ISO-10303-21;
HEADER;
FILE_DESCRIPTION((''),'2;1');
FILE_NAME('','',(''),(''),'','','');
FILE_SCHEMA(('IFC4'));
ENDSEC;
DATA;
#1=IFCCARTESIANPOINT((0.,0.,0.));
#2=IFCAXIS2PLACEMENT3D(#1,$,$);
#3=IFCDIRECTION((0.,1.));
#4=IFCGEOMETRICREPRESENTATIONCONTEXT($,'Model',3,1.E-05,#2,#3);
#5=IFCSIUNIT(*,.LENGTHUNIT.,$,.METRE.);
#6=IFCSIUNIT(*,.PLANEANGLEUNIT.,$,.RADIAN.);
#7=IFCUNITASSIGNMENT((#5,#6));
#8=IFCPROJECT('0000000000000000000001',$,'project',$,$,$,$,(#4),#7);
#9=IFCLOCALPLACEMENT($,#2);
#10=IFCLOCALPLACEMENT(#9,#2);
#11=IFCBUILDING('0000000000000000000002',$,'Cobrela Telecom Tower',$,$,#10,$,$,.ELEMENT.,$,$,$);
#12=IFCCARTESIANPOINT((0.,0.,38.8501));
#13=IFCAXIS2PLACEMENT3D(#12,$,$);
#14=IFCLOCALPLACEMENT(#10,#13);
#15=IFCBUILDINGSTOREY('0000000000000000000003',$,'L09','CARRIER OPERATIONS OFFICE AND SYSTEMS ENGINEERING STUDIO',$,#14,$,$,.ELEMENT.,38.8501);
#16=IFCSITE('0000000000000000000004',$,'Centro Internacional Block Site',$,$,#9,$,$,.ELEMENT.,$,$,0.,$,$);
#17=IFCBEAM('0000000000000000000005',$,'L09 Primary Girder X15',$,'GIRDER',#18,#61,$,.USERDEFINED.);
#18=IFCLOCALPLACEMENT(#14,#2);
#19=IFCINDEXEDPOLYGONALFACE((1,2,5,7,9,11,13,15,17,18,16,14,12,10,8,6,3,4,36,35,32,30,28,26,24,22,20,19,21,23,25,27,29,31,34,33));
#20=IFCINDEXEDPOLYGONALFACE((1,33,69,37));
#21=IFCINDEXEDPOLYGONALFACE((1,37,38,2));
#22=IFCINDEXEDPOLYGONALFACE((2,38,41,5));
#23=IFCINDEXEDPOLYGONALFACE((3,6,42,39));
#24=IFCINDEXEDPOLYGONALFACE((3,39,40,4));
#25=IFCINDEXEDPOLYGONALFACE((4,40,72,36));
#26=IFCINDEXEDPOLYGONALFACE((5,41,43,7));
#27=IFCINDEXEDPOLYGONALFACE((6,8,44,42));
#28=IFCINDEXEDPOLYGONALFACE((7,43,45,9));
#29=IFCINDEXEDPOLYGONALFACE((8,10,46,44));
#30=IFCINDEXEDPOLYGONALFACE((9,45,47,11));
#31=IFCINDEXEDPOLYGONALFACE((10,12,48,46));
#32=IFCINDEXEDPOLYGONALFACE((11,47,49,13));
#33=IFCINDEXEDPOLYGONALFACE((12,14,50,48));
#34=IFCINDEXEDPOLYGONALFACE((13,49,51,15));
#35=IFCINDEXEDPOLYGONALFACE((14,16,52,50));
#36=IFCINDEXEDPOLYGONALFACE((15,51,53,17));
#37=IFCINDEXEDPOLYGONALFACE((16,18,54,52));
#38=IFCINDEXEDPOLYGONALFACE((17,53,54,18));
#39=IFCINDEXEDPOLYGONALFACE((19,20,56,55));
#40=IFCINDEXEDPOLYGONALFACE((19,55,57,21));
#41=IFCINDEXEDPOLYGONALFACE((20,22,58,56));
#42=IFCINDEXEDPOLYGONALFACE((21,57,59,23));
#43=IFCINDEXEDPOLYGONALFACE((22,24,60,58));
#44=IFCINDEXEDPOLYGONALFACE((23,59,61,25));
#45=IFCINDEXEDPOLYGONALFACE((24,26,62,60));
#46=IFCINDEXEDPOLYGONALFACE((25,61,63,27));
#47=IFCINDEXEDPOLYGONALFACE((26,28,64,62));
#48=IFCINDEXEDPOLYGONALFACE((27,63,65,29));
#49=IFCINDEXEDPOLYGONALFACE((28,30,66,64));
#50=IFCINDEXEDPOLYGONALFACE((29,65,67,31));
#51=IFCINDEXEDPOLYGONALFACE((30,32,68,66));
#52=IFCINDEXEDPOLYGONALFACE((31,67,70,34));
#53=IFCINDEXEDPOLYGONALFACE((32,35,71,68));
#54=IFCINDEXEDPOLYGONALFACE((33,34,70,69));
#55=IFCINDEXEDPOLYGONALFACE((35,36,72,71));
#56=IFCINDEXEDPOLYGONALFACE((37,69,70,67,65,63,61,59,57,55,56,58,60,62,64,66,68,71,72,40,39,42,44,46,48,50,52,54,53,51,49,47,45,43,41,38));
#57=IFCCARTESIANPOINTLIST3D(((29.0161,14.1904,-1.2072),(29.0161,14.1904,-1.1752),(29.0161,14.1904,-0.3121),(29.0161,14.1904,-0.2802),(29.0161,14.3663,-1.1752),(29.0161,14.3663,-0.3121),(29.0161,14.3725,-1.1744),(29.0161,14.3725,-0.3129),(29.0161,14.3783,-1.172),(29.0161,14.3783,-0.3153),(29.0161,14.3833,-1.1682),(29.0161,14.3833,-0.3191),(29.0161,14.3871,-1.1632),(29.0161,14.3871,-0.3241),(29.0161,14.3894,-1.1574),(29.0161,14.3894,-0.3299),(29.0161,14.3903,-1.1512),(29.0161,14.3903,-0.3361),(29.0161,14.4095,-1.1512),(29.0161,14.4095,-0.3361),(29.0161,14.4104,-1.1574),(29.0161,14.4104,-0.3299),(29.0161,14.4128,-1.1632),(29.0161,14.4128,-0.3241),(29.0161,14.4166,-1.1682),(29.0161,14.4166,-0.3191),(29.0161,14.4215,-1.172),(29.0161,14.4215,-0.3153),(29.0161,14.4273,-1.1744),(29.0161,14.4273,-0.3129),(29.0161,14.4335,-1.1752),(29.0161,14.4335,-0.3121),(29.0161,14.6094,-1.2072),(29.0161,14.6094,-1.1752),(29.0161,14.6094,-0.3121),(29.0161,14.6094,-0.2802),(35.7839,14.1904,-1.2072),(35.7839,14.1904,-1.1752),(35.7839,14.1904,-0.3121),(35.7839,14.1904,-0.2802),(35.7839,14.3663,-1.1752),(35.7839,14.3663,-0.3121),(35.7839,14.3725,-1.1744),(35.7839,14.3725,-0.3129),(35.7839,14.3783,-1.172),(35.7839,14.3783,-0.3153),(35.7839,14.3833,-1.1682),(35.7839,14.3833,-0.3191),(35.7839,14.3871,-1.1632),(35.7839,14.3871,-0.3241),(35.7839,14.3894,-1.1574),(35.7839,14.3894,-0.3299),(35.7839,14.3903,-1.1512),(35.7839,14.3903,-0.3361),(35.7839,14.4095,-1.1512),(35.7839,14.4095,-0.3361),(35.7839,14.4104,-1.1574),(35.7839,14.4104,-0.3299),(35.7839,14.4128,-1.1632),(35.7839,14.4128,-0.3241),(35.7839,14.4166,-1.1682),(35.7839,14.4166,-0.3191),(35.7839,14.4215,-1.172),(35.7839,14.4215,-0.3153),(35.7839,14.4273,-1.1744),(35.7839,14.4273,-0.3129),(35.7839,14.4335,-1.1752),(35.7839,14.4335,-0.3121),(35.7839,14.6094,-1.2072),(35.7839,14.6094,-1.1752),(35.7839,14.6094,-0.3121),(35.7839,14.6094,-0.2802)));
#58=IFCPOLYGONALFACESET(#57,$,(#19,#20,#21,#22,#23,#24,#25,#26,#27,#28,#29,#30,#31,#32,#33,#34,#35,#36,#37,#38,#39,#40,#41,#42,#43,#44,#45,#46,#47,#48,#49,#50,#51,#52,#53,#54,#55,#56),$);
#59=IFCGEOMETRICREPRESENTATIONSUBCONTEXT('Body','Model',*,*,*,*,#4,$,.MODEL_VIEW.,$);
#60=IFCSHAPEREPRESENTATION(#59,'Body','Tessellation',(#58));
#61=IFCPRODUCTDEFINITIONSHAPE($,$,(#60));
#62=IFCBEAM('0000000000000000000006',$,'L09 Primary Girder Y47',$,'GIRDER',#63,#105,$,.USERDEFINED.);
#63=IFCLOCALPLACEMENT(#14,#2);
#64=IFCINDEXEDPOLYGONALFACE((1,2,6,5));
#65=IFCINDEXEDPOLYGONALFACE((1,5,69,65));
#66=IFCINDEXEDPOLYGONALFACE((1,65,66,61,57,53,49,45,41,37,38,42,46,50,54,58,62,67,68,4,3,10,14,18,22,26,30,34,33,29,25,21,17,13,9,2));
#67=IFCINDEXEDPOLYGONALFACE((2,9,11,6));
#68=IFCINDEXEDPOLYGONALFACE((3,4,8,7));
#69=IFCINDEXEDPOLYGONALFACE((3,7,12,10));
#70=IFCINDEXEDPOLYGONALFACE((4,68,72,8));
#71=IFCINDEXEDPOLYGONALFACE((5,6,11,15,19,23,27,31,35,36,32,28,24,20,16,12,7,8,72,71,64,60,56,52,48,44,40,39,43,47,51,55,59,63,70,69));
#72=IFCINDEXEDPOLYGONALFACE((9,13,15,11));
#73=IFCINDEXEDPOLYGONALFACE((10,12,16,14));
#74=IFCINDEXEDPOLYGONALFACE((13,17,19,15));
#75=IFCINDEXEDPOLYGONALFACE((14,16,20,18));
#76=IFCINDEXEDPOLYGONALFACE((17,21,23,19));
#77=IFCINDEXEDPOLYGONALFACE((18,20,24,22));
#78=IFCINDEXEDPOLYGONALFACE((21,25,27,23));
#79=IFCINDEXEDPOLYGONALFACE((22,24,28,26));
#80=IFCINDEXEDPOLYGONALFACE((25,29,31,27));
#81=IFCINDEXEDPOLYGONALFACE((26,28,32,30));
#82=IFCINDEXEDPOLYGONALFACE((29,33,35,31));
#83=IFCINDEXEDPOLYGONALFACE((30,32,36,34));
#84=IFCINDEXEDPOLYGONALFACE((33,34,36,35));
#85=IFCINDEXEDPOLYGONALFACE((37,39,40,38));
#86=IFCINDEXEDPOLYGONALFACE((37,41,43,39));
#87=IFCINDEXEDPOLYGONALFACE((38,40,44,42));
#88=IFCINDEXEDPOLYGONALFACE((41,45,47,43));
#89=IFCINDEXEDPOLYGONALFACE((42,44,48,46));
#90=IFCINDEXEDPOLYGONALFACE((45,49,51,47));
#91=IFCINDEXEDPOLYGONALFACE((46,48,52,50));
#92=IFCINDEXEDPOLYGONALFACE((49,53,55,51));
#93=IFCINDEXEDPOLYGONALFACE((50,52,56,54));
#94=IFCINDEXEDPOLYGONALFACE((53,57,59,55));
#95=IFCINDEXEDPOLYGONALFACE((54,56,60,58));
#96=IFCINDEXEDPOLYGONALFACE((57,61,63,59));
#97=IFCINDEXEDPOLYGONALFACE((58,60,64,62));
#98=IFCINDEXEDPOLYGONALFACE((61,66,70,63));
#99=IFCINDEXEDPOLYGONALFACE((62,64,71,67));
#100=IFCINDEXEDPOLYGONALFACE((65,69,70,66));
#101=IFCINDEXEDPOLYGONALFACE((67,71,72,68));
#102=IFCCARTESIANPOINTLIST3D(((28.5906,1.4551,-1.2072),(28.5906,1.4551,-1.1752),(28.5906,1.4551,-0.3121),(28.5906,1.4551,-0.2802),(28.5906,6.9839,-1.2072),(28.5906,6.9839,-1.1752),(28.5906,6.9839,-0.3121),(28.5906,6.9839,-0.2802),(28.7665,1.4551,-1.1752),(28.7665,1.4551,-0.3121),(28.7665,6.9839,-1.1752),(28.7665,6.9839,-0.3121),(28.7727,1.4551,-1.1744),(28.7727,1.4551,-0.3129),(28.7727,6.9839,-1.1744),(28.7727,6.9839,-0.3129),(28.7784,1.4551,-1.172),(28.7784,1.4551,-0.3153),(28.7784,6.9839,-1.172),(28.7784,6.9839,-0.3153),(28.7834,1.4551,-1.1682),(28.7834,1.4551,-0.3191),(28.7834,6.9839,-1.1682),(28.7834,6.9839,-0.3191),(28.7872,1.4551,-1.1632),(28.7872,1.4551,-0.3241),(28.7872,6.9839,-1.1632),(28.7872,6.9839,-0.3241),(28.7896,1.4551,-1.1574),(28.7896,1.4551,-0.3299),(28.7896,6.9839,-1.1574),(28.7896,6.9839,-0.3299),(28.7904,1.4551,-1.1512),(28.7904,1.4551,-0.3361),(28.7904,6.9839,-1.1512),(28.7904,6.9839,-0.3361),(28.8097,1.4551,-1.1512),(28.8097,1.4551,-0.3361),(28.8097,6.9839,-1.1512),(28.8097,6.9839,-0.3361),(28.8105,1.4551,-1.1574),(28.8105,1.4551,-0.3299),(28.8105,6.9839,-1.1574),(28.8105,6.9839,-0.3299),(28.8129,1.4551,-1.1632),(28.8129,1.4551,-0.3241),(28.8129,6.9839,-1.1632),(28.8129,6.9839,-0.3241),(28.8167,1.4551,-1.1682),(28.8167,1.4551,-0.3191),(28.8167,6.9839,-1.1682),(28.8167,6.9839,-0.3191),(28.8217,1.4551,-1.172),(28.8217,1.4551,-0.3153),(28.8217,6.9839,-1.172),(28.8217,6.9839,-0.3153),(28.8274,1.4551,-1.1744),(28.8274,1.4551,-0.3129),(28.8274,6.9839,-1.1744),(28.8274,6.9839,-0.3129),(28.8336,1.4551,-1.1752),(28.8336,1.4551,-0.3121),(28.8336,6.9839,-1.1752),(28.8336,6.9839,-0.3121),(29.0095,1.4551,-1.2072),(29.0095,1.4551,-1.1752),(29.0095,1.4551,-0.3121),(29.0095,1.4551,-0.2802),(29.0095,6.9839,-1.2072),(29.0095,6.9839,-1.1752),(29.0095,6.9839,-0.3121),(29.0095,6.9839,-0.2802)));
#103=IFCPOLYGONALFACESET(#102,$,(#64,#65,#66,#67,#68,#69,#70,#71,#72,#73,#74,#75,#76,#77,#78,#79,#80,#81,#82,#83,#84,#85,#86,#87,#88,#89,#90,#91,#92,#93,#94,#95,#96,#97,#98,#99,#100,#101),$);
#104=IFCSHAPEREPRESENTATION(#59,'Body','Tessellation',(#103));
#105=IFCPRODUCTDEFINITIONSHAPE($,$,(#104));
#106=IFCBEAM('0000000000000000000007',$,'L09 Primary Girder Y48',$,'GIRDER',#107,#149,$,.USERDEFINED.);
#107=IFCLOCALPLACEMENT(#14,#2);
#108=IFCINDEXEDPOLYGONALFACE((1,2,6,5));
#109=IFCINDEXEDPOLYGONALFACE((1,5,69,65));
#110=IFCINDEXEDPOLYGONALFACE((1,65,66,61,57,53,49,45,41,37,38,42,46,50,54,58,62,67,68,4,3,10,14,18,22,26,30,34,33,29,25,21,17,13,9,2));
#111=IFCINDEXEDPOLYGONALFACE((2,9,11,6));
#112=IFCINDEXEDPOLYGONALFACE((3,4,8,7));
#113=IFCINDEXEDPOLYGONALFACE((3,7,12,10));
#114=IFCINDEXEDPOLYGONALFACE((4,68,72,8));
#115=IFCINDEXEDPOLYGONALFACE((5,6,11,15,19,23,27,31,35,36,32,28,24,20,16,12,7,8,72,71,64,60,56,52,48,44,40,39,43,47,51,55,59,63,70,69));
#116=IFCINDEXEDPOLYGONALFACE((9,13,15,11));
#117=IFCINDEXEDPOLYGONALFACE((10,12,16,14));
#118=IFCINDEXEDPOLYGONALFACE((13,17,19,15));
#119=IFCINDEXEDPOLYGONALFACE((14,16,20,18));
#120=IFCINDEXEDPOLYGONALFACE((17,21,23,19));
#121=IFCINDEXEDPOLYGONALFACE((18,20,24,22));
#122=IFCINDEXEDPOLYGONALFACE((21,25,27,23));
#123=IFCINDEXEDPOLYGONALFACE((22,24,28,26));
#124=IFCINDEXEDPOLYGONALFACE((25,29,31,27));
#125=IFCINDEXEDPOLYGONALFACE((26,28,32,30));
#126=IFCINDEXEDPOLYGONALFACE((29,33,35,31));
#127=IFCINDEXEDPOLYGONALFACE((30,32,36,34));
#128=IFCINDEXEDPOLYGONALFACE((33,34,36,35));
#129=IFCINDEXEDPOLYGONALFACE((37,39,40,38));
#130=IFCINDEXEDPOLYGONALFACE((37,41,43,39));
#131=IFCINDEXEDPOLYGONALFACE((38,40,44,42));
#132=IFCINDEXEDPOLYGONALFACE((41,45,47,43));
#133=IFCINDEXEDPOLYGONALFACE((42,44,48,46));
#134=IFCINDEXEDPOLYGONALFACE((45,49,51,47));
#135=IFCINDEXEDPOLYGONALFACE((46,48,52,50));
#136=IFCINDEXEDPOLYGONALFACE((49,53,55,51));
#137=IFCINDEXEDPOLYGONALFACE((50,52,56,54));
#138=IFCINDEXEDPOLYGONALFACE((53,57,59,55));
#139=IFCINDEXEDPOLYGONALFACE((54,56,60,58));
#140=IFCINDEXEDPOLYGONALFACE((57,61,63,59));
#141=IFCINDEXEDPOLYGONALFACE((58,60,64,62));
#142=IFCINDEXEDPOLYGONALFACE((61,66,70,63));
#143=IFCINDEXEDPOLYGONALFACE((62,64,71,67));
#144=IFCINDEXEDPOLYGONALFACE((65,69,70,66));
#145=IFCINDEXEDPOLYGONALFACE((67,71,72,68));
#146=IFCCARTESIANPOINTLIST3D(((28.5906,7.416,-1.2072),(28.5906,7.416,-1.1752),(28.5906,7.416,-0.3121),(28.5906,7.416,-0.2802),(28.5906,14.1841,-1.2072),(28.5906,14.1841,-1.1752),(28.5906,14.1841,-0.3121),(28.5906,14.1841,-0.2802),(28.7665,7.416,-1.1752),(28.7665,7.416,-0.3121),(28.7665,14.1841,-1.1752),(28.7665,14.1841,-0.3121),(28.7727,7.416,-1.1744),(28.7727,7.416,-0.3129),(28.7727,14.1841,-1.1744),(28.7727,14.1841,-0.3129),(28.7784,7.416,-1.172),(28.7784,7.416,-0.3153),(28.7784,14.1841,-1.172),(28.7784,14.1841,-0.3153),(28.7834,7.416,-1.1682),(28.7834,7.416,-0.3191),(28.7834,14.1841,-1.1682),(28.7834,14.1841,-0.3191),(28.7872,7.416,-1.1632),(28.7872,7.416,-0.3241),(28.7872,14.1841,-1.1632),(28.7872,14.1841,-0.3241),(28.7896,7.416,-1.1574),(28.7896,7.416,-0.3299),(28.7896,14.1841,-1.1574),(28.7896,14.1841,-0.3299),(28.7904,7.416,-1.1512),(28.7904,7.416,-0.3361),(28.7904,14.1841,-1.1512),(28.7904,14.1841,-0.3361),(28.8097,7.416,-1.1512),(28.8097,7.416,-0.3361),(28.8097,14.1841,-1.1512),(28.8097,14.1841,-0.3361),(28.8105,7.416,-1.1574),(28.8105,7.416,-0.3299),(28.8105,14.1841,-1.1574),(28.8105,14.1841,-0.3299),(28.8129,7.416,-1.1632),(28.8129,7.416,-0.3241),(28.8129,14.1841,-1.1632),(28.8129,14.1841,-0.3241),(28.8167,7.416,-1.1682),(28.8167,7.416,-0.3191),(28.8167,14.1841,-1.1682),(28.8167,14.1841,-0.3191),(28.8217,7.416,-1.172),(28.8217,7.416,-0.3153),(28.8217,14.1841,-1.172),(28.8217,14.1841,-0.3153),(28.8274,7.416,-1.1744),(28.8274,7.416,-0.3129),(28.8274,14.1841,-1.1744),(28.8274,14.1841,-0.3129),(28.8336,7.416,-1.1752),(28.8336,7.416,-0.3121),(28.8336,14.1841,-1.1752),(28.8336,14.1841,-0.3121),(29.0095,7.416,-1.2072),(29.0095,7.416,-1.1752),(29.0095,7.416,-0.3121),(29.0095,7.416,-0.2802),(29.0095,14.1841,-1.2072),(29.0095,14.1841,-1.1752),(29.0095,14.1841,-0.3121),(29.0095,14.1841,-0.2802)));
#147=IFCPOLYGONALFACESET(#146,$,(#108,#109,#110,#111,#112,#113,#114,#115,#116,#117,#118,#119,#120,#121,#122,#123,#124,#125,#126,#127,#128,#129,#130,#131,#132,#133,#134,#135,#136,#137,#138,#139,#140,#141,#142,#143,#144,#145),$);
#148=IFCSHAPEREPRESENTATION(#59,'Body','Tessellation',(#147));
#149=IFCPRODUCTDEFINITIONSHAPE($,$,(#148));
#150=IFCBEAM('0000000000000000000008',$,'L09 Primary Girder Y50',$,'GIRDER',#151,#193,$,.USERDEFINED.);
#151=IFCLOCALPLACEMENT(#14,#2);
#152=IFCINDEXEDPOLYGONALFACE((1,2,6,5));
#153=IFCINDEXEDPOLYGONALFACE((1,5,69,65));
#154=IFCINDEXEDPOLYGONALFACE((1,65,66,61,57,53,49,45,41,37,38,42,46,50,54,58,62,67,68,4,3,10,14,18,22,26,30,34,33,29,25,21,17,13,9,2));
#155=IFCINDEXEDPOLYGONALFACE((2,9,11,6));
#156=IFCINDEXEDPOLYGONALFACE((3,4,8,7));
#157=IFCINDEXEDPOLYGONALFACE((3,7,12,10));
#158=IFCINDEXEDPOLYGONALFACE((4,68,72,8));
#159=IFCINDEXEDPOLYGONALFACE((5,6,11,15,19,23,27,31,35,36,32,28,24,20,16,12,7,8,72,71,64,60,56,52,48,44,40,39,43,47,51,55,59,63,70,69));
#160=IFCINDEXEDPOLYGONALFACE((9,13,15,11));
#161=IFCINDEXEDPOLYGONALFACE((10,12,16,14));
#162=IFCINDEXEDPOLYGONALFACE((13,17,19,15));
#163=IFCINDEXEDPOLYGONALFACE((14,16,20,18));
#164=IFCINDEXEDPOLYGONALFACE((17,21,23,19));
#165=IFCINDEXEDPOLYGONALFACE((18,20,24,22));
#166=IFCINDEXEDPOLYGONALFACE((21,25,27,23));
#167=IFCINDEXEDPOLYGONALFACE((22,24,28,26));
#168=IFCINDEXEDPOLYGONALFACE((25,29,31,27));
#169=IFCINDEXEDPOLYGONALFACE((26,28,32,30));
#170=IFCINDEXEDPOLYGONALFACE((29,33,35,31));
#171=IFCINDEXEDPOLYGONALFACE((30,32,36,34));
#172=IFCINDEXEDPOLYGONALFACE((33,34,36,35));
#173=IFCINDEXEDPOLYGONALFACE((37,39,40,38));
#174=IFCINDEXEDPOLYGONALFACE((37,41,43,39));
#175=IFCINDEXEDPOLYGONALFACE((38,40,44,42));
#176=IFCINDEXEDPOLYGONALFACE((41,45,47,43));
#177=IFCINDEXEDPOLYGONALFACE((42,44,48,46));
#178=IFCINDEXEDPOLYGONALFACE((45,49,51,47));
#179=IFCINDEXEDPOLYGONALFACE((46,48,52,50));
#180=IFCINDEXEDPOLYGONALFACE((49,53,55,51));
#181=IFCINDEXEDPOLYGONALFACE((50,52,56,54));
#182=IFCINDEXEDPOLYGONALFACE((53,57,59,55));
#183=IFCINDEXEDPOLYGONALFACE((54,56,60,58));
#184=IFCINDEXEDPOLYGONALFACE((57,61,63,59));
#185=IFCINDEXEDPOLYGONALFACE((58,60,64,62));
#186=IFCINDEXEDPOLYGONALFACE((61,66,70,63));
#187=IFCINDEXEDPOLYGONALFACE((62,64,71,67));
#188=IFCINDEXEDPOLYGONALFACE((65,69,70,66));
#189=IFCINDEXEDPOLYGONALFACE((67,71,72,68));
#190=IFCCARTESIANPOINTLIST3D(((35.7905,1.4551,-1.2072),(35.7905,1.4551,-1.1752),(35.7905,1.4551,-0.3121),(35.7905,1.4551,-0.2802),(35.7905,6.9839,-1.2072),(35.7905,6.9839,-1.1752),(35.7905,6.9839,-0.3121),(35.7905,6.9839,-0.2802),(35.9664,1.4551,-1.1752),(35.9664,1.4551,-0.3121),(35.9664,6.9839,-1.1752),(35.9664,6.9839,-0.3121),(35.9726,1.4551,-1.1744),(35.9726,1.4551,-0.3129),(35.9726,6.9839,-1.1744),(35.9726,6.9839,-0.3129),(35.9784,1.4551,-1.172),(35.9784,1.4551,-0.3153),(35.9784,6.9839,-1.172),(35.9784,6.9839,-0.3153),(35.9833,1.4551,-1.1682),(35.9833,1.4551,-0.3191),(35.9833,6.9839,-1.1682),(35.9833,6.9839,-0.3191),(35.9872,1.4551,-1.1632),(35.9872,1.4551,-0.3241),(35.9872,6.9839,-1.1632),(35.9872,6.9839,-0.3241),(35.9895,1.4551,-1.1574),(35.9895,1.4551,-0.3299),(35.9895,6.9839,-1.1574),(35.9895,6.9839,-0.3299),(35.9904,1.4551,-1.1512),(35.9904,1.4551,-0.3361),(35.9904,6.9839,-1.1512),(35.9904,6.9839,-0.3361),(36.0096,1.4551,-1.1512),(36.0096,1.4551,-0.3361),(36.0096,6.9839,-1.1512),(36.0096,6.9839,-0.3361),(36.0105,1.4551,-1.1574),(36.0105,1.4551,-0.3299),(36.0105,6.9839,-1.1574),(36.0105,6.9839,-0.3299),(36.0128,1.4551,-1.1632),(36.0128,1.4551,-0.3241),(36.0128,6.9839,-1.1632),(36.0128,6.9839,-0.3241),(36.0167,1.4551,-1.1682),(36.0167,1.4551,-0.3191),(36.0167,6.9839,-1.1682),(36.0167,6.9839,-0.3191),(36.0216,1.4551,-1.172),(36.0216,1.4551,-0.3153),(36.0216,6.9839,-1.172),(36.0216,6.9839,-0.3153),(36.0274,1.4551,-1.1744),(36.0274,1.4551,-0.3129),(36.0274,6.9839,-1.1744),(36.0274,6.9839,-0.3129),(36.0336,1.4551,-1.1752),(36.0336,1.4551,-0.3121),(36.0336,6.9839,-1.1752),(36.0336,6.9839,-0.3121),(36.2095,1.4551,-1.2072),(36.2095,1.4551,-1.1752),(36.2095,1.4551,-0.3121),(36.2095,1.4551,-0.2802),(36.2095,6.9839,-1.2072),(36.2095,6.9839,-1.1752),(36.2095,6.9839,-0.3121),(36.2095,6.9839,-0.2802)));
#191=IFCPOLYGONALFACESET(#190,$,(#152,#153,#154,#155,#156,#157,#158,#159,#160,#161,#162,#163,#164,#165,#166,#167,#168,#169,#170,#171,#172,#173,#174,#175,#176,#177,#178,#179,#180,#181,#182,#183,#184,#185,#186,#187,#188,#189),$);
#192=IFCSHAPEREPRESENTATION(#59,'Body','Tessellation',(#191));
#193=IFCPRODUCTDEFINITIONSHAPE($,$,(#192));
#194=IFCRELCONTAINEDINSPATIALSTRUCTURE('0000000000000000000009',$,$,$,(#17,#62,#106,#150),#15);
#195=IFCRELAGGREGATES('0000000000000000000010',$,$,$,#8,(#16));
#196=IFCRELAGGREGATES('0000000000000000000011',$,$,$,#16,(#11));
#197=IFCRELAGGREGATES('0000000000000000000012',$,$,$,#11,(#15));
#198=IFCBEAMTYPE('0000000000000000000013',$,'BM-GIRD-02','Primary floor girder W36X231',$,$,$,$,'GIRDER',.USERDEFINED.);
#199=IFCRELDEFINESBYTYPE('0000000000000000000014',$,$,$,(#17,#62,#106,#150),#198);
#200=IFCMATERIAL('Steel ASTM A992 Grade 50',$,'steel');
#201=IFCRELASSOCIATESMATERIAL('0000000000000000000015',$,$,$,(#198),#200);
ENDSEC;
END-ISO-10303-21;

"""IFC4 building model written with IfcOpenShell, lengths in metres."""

from ifc_helpers import new_model, si_unit, direction, frame, origin, origin_2d, place, context, subcontext, project, spatial, i_section, extrude, material, material_profile, profile_set, type_object, element, save


model = new_model("IFC4")

# Units and contexts
model_context = context("Model", 3, precision=1e-05, world=origin(), true_north=direction((0.0, 1.0)))
body_context = subcontext(model_context, "Body", "Model", "MODEL_VIEW")
ifc_project = project(units=[si_unit("LENGTHUNIT", "METRE"), si_unit("PLANEANGLEUNIT", "RADIAN")], contexts=[model_context])

# Site, building, storey
site_placement = place(None, origin())
site = spatial("IfcSite", under=ifc_project, at=site_placement, Name="Centro Internacional Block Site", CompositionType="ELEMENT", RefElevation=0.0)
building_placement = place(site_placement, origin())
building = spatial("IfcBuilding", under=site, at=building_placement, Name="Cobrela Telecom Tower", CompositionType="ELEMENT")
storey_placement = place(building_placement, frame((0.0, 0.0, 38.8501)))
storey = spatial("IfcBuildingStorey", under=building, at=storey_placement, Name="L09", Description="CARRIER OPERATIONS OFFICE AND SYSTEMS ENGINEERING STUDIO", CompositionType="ELEMENT", Elevation=38.8501)

# Shared definitions
ifc_material_1 = material(Name="Steel ASTM A992 Grade 50", Category="steel")

# Beams
ifc_material_profile_1 = material_profile(ifc_material_1, i_section(OverallWidth=0.4189, OverallDepth=0.927, WebThickness=0.0193, FlangeThickness=0.032, FilletRadius=0.0239, at=origin_2d()), Name="W36X231")
ifc_profile_set_1 = profile_set([ifc_material_profile_1], Name="Steel ASTM A992 Grade 50")
beam_type_1 = type_object("IfcBeamType", Name="BM-GIRD-02", Description="Primary floor girder W36X231", ElementType="GIRDER", PredefinedType="USERDEFINED", material=ifc_profile_set_1)
for number, where, z_axis, x_axis, name in (
    (1, (29.0161, 14.3999, -0.7437), (1.0, 0.0, 0.0), (0.0, 1.0, 0.0), "L09 Primary Girder X15"),
):
    element("IfcBeam", number, at=place(storey_placement, frame(where, z_axis=z_axis, x_axis=x_axis)), inside=storey, type_object=beam_type_1, Name=name, ObjectType="GIRDER", PredefinedType="USERDEFINED", context=body_context, shape_type="SweptSolid", body=[
        extrude(i_section(OverallWidth=0.4189, OverallDepth=0.927, WebThickness=0.0193, FlangeThickness=0.032, FilletRadius=0.0239, at=origin_2d()), origin(), (0.0, 0.0, 1.0), 6.7678),
    ])
beam_1_placement = place(storey_placement, frame((28.8, 1.4551, -0.7437), z_axis=(0.0, 1.0, 0.0), x_axis=(-1.0, 0.0, 0.0)))
element("IfcBeam", 2, at=beam_1_placement, inside=storey, type_object=beam_type_1, Name="L09 Primary Girder Y47", ObjectType="GIRDER", PredefinedType="USERDEFINED", context=body_context, shape_type="SweptSolid", body=[
    extrude(i_section(OverallWidth=0.4189, OverallDepth=0.927, WebThickness=0.0193, FlangeThickness=0.032, FilletRadius=0.0239, at=origin_2d()), origin(), (0.0, 0.0, 1.0), 5.5288),
])
beam_2_placement = place(storey_placement, frame((28.8, 7.416, -0.7437), z_axis=(0.0, 1.0, 0.0), x_axis=(-1.0, 0.0, 0.0)))
element("IfcBeam", 3, at=beam_2_placement, inside=storey, type_object=beam_type_1, Name="L09 Primary Girder Y48", ObjectType="GIRDER", PredefinedType="USERDEFINED", context=body_context, shape_type="SweptSolid", body=[
    extrude(i_section(OverallWidth=0.4189, OverallDepth=0.927, WebThickness=0.0193, FlangeThickness=0.032, FilletRadius=0.0239, at=origin_2d()), origin(), (0.0, 0.0, 1.0), 6.7681),
])
beam_3_placement = place(storey_placement, frame((36.0, 1.4551, -0.7437), z_axis=(0.0, 1.0, 0.0), x_axis=(-1.0, 0.0, 0.0)))
element("IfcBeam", 4, at=beam_3_placement, inside=storey, type_object=beam_type_1, Name="L09 Primary Girder Y50", ObjectType="GIRDER", PredefinedType="USERDEFINED", context=body_context, shape_type="SweptSolid", body=[
    extrude(i_section(OverallWidth=0.4189, OverallDepth=0.927, WebThickness=0.0193, FlangeThickness=0.032, FilletRadius=0.0239, at=origin_2d()), origin(), (0.0, 0.0, 1.0), 5.5288),
])

save(model, "model.ifc")
